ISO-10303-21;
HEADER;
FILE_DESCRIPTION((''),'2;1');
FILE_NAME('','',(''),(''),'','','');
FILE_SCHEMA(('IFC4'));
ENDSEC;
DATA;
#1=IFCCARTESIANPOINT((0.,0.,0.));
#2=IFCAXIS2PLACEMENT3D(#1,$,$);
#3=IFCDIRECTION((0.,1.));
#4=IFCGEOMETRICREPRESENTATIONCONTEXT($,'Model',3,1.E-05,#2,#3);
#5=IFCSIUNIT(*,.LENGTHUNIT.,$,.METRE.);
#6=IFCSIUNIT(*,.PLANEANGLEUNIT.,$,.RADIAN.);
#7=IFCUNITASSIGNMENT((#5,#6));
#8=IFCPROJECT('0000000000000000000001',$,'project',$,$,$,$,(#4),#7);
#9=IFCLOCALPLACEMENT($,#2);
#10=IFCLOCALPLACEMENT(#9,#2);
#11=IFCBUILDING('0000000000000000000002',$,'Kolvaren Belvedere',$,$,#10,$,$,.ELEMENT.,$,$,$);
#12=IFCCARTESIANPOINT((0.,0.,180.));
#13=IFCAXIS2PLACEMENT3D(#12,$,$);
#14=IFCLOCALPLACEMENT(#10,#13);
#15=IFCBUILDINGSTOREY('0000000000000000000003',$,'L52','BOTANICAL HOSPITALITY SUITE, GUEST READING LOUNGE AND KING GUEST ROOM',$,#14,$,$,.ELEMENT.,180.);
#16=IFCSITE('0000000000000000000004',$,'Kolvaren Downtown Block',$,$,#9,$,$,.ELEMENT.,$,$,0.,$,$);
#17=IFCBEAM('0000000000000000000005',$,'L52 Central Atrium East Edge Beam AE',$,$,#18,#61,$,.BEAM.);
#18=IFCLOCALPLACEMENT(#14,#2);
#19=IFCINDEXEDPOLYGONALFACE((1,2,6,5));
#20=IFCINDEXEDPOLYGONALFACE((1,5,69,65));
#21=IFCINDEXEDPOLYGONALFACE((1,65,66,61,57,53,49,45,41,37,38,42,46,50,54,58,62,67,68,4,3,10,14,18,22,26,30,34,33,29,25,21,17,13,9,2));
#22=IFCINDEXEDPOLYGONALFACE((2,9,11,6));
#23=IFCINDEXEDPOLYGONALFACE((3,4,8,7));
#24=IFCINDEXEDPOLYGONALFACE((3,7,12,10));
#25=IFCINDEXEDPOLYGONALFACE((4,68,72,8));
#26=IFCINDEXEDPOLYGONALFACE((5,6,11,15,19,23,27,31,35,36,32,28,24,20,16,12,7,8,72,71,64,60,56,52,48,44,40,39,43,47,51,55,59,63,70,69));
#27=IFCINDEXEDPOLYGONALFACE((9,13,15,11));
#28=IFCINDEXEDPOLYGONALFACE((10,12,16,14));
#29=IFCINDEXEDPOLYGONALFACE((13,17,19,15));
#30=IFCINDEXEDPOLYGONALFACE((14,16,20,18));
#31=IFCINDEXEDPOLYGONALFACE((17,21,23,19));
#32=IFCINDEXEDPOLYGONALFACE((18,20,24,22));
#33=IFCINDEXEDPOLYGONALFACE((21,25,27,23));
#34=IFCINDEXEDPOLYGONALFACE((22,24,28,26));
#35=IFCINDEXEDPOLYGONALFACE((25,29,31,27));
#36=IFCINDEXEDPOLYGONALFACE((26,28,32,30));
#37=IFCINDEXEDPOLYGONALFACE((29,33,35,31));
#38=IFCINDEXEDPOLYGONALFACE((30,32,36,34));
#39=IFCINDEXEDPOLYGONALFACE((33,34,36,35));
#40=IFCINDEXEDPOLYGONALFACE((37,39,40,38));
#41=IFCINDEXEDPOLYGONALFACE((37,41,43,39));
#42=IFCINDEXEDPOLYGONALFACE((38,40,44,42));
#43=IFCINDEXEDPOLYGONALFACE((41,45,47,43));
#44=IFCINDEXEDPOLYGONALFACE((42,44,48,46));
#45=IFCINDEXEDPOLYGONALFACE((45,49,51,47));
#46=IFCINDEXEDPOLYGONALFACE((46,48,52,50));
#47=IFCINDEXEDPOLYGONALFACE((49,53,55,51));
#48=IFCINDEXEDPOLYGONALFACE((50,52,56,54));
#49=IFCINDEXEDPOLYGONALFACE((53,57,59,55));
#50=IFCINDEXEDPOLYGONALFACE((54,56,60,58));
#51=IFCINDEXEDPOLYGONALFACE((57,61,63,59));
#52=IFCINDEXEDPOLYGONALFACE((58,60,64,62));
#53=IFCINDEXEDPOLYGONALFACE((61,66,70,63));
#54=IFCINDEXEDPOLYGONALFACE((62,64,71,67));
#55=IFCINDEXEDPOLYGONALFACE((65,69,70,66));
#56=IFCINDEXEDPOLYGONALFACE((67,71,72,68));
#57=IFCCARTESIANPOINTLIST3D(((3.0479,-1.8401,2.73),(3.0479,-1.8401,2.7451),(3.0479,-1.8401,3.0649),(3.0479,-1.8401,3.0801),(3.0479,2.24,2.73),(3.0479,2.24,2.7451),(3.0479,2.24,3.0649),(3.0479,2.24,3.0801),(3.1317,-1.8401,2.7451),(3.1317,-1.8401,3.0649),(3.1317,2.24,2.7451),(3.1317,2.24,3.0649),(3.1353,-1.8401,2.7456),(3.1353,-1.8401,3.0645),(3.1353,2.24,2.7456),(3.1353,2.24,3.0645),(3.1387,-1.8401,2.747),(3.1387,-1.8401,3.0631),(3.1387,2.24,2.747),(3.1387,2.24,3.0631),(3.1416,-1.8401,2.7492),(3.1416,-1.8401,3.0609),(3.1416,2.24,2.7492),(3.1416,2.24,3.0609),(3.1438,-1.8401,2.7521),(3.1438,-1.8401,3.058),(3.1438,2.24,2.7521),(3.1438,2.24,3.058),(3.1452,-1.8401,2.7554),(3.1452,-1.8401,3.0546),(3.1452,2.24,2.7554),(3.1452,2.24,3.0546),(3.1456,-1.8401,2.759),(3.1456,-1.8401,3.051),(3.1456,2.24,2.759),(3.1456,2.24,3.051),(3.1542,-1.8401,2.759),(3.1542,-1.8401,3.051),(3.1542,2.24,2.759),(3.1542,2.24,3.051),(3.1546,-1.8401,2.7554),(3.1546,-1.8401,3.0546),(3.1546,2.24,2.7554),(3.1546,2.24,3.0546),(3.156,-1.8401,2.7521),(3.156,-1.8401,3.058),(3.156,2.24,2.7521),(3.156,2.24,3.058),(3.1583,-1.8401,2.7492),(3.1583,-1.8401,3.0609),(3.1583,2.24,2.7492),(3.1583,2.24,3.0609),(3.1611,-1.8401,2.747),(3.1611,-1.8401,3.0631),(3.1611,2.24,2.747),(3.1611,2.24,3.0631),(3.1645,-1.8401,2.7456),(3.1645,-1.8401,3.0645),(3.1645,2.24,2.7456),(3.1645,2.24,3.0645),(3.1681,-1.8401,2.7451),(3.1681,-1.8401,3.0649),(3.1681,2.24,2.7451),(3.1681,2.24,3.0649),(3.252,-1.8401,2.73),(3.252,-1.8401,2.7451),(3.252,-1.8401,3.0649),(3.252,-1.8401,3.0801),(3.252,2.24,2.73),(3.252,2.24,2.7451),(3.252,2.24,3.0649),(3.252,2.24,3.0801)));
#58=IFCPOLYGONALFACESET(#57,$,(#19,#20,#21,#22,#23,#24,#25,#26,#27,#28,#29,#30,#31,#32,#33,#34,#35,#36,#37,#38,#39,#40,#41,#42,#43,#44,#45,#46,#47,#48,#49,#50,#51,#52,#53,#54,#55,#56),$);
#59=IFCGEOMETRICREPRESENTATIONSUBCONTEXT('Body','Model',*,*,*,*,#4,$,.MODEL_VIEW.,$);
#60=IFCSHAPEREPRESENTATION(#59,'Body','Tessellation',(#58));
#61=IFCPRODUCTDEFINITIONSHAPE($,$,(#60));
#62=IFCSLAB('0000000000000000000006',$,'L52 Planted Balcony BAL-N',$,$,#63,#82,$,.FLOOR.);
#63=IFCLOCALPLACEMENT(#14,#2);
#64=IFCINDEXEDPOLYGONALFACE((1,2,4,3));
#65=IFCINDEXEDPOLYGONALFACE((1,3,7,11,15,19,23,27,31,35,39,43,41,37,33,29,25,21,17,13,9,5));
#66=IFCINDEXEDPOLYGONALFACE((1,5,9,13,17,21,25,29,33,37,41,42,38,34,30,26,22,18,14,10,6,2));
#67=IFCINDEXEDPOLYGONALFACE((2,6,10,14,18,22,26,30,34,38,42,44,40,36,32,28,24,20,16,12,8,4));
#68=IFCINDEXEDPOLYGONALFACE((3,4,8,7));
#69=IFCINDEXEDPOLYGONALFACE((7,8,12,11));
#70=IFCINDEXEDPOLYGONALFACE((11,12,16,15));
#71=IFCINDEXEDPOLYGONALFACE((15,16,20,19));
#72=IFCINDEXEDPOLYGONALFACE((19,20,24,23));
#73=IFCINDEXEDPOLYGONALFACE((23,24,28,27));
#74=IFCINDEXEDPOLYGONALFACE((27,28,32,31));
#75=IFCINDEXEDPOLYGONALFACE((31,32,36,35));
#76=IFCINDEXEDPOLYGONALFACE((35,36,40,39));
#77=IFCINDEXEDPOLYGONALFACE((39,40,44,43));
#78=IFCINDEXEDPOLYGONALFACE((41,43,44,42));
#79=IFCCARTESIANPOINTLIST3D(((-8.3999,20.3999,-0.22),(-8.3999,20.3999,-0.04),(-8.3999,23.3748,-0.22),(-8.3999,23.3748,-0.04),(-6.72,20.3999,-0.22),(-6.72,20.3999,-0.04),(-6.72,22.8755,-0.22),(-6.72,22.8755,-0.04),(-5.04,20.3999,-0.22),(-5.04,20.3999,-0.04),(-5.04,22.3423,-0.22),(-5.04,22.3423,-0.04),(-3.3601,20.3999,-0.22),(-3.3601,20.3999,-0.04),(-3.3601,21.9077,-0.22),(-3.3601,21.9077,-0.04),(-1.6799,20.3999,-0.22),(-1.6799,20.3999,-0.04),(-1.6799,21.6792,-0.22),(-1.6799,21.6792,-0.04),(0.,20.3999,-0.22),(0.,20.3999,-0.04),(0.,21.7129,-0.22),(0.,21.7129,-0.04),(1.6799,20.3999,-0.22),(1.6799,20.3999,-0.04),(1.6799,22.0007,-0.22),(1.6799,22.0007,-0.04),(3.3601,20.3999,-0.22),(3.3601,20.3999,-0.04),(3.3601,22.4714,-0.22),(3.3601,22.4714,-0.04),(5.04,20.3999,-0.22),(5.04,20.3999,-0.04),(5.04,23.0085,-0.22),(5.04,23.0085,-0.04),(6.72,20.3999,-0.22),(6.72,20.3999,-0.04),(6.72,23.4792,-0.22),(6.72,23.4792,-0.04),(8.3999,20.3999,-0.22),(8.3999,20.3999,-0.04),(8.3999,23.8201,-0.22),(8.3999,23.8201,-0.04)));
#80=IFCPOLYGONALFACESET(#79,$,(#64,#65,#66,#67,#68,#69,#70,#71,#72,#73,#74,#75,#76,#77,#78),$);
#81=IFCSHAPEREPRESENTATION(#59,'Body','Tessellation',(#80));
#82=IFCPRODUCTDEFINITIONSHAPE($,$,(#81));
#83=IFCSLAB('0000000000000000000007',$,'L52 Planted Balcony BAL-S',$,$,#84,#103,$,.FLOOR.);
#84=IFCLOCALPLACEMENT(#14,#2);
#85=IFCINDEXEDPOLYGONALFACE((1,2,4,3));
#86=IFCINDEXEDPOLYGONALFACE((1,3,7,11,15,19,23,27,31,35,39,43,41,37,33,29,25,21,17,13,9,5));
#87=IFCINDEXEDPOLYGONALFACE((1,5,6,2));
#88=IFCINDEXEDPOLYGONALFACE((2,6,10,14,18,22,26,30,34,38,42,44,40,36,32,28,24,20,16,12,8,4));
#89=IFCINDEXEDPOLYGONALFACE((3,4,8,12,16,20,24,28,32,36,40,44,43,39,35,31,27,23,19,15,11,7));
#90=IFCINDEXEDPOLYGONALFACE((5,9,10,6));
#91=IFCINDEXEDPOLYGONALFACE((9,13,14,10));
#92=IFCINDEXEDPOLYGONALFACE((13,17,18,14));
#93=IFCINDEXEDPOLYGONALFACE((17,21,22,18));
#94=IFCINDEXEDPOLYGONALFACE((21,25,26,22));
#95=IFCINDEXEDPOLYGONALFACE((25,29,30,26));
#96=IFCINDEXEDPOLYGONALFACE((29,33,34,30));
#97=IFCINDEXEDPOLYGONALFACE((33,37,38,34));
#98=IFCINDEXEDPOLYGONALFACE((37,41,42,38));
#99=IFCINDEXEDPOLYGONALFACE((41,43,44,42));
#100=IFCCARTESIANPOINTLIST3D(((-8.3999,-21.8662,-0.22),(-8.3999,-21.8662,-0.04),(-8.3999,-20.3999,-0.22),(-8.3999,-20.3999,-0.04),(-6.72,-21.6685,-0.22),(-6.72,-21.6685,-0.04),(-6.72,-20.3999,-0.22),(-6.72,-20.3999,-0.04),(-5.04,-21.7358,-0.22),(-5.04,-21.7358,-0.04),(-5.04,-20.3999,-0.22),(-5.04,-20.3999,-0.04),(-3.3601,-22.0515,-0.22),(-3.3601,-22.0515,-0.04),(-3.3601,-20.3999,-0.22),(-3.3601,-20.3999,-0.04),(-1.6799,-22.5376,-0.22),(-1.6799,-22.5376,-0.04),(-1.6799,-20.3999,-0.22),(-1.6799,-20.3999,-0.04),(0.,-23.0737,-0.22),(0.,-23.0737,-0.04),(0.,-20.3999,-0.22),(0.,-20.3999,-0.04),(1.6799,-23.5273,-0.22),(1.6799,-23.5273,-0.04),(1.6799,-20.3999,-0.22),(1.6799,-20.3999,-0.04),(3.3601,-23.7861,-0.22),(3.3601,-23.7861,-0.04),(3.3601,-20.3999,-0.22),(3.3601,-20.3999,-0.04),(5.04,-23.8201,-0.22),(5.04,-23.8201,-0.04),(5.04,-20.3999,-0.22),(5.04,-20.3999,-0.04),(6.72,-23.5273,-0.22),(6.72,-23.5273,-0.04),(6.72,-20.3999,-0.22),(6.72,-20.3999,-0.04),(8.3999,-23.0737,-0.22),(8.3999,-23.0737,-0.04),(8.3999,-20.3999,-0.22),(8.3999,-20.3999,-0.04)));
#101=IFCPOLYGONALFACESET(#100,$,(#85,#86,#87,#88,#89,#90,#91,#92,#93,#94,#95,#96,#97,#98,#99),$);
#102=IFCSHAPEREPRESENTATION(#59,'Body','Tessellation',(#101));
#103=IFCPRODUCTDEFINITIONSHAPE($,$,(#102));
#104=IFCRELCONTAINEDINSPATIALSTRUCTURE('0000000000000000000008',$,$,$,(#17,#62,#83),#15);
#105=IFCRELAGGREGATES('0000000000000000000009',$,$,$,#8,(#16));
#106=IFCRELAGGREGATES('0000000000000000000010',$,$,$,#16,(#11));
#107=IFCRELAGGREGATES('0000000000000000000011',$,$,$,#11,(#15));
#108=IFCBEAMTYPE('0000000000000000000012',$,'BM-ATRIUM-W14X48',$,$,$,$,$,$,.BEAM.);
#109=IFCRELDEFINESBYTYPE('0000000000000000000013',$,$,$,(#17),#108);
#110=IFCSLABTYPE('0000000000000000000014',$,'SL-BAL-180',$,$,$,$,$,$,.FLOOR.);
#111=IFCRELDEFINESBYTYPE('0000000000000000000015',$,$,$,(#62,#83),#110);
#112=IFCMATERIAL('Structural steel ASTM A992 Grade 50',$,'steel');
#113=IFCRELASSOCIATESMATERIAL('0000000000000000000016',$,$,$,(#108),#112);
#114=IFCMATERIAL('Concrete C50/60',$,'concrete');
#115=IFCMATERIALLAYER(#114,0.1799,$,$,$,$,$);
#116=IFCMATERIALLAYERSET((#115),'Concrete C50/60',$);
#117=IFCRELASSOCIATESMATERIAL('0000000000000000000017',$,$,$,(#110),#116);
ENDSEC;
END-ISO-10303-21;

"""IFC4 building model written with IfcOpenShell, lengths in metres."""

from ifc_helpers import new_model, si_unit, direction, frame, origin, origin_2d, place, context, subcontext, project, spatial, polyline, i_section, outline, extrude, material, layer, layer_set, material_profile, profile_set, type_object, element, save


model = new_model("IFC4")

# Units and contexts
model_context = context("Model", 3, precision=1e-05, world=origin(), true_north=direction((0.0, 1.0)))
body_context = subcontext(model_context, "Body", "Model", "MODEL_VIEW")
ifc_project = project(units=[si_unit("LENGTHUNIT", "METRE"), si_unit("PLANEANGLEUNIT", "RADIAN")], contexts=[model_context])

# Site, building, storey
site_placement = place(None, origin())
site = spatial("IfcSite", under=ifc_project, at=site_placement, Name="Kolvaren Downtown Block", CompositionType="ELEMENT", RefElevation=0.0)
building_placement = place(site_placement, origin())
building = spatial("IfcBuilding", under=site, at=building_placement, Name="Kolvaren Belvedere", CompositionType="ELEMENT")
storey_placement = place(building_placement, frame((0.0, 0.0, 180.0)))
storey = spatial("IfcBuildingStorey", under=building, at=storey_placement, Name="L52", Description="BOTANICAL HOSPITALITY SUITE, GUEST READING LOUNGE AND KING GUEST ROOM", CompositionType="ELEMENT", Elevation=180.0)

# Beam
ifc_material_1 = material(Name="Structural steel ASTM A992 Grade 50", Category="steel")
ifc_material_profile = material_profile(ifc_material_1, i_section(OverallWidth=0.2041, OverallDepth=0.3501, WebThickness=0.0085, FlangeThickness=0.0151, FilletRadius=0.0139, at=origin_2d()), Name="W14X48")
ifc_profile_set = profile_set([ifc_material_profile], Name="Structural steel ASTM A992 Grade 50")
beam_type = type_object("IfcBeamType", Name="BM-ATRIUM-W14X48", PredefinedType="BEAM", material=ifc_profile_set)
beam_placement = place(storey_placement, frame((3.1499, -1.8401, 2.905), z_axis=(0.0, 1.0, 0.0), x_axis=(-1.0, 0.0, 0.0)))
element("IfcBeam", 1, at=beam_placement, inside=storey, type_object=beam_type, Name="L52 Central Atrium East Edge Beam AE", PredefinedType="BEAM", context=body_context, shape_type="SweptSolid", body=[
    extrude(i_section(OverallWidth=0.2041, OverallDepth=0.3501, WebThickness=0.0085, FlangeThickness=0.0151, FilletRadius=0.0139, at=origin_2d()), origin(), (0.0, 0.0, 1.0), 4.0801),
])

# Slabs
ifc_material_2 = material(Name="Concrete C50/60", Category="concrete")
ifc_layer_1 = layer(ifc_material_2, 0.1799)
ifc_layer_set_1 = layer_set([ifc_layer_1], Name="Concrete C50/60")
slab_type_1 = type_object("IfcSlabType", Name="SL-BAL-180", PredefinedType="FLOOR", material=ifc_layer_set_1)
slab_1_placement = place(storey_placement, frame((0.0, 0.0, -0.22)))
element("IfcSlab", 2, at=slab_1_placement, inside=storey, type_object=slab_type_1, Name="L52 Planted Balcony BAL-N", PredefinedType="FLOOR", context=body_context, shape_type="SweptSolid", body=[
    extrude(outline(polyline([(-8.3999, 20.3999), (-6.72, 20.3999), (-5.04, 20.3999), (-3.3601, 20.3999), (-1.6799, 20.3999), (0.0, 20.3999), (1.6799, 20.3999), (3.3601, 20.3999), (5.04, 20.3999), (6.72, 20.3999), (8.3999, 20.3999), (8.3999, 23.8201), (6.72, 23.4792), (5.04, 23.0085), (3.3601, 22.4714), (1.6799, 22.0007), (0.0, 21.7129), (-1.6799, 21.6792), (-3.3601, 21.9077), (-5.04, 22.3423), (-6.72, 22.8755), (-8.3999, 23.3748), (-8.3999, 20.3999)])), origin(), (0.0, 0.0, 1.0), 0.1799),
])
slab_2_placement = place(storey_placement, frame((0.0, 0.0, -0.22)))
element("IfcSlab", 3, at=slab_2_placement, inside=storey, type_object=slab_type_1, Name="L52 Planted Balcony BAL-S", PredefinedType="FLOOR", context=body_context, shape_type="SweptSolid", body=[
    extrude(outline(polyline([(-8.3999, -21.8662), (-6.72, -21.6685), (-5.04, -21.7358), (-3.3601, -22.0515), (-1.6799, -22.5376), (0.0, -23.0737), (1.6799, -23.5273), (3.3601, -23.7861), (5.04, -23.8201), (6.72, -23.5273), (8.3999, -23.0737), (8.3999, -20.3999), (6.72, -20.3999), (5.04, -20.3999), (3.3601, -20.3999), (1.6799, -20.3999), (0.0, -20.3999), (-1.6799, -20.3999), (-3.3601, -20.3999), (-5.04, -20.3999), (-6.72, -20.3999), (-8.3999, -20.3999), (-8.3999, -21.8662)])), origin(), (0.0, 0.0, 1.0), 0.1799),
])

save(model, "model.ifc")
